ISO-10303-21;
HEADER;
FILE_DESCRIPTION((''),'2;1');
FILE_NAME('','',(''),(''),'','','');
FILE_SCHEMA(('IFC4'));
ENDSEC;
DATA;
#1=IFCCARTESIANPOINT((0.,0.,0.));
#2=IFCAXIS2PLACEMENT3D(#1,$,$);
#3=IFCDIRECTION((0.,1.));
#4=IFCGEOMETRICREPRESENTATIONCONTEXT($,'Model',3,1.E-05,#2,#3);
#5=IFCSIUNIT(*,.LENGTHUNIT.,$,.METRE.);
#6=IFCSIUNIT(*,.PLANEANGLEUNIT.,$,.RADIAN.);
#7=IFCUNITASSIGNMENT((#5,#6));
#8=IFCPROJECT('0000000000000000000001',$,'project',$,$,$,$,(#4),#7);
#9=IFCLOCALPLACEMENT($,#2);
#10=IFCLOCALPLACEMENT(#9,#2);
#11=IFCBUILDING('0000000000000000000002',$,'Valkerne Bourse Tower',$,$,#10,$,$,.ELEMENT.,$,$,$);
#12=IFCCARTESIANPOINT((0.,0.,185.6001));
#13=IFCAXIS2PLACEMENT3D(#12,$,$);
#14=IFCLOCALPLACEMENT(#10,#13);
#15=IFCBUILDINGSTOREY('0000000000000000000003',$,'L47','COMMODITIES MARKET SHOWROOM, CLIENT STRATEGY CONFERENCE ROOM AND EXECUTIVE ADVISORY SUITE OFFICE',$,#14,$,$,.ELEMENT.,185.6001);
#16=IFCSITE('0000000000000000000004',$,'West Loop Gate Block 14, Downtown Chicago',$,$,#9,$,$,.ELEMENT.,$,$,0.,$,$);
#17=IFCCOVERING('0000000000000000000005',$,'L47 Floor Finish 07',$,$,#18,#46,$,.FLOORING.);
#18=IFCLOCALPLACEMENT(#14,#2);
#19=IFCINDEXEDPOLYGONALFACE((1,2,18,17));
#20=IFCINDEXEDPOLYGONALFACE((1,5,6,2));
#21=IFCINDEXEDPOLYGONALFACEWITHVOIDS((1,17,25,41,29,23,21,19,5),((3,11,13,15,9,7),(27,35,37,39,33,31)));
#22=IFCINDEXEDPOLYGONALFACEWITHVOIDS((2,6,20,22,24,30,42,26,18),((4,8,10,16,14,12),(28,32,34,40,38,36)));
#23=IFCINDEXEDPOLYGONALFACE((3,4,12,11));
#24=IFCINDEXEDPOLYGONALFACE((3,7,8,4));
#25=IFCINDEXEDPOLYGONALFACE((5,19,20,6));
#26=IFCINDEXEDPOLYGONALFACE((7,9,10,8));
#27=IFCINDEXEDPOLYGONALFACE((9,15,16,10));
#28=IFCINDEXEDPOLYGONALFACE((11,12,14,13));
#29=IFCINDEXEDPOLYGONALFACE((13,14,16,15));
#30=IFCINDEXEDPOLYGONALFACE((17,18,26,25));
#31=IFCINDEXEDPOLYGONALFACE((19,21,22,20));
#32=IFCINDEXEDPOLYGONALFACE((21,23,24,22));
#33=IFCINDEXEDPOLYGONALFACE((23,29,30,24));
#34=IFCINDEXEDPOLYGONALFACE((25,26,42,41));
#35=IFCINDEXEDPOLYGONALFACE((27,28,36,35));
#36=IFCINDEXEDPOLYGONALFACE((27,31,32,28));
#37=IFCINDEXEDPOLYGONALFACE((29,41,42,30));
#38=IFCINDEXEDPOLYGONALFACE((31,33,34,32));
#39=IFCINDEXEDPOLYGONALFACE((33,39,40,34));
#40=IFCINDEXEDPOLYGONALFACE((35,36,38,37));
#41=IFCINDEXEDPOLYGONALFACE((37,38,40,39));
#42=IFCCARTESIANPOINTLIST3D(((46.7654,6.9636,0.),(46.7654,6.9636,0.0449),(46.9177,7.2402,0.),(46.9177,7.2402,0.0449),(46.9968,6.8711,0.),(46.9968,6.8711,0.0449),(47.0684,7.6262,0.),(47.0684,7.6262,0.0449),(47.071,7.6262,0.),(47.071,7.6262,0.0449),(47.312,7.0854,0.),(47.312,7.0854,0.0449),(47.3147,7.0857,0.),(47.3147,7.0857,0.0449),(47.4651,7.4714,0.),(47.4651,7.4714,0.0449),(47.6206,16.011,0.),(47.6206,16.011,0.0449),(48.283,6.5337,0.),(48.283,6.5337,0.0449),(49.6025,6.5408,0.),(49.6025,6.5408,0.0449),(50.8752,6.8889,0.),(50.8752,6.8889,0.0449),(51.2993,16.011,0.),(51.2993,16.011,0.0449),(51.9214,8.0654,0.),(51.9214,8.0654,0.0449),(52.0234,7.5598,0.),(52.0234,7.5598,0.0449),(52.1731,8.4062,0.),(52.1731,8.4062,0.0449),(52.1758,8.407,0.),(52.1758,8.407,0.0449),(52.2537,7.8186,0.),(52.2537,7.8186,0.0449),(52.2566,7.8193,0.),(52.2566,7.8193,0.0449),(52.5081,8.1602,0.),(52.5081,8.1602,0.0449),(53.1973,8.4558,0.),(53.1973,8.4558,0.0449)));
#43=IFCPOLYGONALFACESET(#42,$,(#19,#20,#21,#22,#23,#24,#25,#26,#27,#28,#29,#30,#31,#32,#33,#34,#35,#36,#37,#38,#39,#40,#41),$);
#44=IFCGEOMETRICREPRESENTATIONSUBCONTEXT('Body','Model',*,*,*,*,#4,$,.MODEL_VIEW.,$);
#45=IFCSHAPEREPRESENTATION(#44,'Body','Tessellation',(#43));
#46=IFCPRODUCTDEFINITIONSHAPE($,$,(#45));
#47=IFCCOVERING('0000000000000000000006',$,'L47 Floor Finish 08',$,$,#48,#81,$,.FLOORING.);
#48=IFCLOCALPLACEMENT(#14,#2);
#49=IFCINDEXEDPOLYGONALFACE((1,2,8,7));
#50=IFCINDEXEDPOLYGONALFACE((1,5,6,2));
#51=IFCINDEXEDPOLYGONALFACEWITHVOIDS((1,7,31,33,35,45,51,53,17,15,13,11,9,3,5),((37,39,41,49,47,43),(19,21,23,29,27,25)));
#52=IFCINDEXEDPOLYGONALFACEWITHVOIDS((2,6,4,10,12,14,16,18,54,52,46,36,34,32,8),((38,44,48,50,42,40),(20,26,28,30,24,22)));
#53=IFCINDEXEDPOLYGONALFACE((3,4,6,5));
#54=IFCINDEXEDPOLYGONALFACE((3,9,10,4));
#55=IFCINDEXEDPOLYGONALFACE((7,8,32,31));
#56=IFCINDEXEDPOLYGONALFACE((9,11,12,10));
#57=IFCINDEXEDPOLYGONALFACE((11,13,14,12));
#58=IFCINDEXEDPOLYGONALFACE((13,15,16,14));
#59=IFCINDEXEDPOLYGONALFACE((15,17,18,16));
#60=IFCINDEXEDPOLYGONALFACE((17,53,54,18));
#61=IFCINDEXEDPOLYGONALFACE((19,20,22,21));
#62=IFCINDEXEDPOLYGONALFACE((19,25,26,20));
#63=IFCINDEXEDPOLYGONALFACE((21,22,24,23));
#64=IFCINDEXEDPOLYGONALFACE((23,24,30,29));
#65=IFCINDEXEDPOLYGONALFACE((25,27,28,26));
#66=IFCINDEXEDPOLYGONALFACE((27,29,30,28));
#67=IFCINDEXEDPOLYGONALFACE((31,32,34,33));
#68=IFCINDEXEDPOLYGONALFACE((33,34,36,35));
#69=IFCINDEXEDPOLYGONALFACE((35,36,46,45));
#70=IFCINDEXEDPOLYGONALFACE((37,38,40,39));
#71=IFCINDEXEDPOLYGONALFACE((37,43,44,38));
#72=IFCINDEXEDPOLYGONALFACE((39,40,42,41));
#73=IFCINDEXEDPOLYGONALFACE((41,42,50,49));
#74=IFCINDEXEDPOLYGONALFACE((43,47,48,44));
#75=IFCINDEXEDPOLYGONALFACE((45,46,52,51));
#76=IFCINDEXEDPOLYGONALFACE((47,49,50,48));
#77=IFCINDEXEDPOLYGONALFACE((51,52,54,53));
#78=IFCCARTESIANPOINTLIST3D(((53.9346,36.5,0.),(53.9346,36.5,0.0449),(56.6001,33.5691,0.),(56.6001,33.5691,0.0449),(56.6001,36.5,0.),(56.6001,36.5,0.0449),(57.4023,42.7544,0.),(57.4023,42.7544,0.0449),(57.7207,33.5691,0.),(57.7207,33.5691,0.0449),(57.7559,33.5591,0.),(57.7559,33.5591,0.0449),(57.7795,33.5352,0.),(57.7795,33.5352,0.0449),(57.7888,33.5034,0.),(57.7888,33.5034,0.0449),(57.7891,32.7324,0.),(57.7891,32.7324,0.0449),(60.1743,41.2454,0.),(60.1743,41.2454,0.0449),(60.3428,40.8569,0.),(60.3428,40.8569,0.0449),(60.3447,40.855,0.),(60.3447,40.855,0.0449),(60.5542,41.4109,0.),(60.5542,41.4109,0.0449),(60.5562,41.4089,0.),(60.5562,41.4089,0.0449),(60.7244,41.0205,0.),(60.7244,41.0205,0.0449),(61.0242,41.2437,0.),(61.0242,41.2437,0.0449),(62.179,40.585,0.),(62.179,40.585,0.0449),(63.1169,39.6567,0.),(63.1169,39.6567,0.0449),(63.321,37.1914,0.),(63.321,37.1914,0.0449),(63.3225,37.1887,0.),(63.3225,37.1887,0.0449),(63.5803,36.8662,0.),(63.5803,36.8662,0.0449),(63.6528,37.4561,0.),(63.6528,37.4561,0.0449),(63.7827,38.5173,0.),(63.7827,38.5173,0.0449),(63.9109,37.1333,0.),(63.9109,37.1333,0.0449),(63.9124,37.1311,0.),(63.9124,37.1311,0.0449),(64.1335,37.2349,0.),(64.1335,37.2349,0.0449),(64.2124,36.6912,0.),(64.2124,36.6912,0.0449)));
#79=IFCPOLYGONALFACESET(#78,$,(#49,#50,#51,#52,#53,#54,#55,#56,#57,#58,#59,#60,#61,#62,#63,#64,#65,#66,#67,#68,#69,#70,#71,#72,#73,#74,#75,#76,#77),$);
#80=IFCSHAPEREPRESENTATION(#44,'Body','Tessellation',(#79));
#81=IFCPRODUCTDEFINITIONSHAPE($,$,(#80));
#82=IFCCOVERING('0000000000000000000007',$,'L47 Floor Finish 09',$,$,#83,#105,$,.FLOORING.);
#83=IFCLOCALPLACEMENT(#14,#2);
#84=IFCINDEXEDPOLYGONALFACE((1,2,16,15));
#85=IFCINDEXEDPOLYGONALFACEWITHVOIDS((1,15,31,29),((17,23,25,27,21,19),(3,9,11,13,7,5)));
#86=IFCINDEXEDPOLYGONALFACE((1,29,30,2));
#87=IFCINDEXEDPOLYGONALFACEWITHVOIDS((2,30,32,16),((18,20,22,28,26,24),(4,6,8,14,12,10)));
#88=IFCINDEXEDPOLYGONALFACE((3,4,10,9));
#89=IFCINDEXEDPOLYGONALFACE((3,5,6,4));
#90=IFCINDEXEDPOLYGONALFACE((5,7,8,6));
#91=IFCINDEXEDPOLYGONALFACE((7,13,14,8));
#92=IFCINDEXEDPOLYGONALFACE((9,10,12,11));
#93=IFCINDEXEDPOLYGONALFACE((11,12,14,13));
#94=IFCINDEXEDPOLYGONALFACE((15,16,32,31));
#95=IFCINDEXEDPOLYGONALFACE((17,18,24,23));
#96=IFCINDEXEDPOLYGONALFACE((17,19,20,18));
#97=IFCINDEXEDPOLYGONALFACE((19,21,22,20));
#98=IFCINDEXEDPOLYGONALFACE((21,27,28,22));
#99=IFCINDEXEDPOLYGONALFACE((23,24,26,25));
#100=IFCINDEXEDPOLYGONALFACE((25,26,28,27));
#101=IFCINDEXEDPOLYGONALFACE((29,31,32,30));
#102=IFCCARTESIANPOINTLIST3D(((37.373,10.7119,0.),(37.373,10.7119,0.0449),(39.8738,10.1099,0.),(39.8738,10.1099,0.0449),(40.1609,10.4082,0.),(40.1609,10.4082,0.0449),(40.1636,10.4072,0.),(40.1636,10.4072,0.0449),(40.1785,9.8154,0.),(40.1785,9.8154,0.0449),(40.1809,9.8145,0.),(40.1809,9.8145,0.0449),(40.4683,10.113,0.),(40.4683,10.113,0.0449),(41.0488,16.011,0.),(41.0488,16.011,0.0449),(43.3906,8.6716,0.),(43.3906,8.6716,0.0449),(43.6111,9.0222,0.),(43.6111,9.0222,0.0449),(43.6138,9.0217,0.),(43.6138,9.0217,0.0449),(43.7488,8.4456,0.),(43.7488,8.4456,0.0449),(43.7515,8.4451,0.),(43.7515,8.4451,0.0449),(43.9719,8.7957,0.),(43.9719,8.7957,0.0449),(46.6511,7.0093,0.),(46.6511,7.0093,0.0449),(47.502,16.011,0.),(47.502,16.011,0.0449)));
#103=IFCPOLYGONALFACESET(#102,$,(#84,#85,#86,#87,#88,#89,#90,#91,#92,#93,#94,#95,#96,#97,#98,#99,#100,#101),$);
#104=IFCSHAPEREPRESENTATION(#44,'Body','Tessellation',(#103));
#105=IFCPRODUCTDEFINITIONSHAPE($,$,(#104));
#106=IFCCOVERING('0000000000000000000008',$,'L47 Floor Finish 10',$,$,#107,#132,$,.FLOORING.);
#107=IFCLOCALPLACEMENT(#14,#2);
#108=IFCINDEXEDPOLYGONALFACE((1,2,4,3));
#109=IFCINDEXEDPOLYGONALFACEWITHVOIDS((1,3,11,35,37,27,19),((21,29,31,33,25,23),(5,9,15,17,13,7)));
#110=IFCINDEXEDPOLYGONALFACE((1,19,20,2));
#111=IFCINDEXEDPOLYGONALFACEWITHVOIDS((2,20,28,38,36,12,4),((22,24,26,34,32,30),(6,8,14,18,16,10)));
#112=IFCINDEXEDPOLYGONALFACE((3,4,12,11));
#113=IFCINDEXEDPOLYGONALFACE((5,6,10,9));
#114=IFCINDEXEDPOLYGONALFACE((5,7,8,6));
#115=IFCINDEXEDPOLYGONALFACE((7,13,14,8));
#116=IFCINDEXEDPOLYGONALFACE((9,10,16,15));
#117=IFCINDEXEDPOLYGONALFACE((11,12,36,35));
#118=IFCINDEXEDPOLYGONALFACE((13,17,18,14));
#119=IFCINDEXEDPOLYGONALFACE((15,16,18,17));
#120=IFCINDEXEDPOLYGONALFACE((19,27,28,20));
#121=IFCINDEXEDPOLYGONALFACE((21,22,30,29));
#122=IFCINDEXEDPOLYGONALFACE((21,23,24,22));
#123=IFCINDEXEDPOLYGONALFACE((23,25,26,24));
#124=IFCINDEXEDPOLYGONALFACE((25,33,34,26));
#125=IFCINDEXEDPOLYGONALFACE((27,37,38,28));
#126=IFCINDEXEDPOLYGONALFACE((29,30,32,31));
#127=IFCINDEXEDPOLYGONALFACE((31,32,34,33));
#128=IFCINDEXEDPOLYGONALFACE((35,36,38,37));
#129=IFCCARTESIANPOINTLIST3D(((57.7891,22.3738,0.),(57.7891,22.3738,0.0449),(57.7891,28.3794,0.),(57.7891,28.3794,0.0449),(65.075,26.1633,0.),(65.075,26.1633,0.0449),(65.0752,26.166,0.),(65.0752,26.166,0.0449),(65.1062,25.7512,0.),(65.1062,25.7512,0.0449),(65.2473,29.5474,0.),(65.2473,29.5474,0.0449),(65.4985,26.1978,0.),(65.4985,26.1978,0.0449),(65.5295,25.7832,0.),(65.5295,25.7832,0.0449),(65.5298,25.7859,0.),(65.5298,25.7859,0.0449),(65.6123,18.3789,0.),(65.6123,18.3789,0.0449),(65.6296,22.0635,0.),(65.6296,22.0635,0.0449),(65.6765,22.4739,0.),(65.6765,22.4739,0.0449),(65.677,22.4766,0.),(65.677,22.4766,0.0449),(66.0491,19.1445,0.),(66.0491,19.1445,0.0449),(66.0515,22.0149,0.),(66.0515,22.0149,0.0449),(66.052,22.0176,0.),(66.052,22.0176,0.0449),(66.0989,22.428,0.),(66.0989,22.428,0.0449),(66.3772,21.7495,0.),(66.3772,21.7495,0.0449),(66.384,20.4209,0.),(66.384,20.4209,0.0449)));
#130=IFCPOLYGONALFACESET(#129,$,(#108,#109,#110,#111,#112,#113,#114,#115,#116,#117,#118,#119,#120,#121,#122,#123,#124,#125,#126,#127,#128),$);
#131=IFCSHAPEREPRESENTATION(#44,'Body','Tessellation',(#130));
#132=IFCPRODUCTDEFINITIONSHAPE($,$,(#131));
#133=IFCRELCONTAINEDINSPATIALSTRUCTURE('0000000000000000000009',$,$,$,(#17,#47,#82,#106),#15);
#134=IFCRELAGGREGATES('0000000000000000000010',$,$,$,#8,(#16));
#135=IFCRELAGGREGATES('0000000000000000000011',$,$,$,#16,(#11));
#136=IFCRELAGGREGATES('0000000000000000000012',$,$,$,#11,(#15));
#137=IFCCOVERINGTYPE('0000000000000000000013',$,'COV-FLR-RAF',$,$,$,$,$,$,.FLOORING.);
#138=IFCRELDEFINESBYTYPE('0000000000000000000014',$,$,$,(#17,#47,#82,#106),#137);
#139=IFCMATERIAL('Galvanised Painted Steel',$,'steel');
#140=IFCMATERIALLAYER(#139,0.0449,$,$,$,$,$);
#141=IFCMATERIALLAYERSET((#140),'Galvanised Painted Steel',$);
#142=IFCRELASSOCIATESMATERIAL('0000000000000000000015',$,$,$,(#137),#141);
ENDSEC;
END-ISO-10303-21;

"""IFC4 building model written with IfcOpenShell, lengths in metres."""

from ifc_helpers import new_model, si_unit, direction, frame, origin, place, context, subcontext, project, spatial, polyline, outline, extrude, material, layer, layer_set, type_object, element, save


model = new_model("IFC4")

# Units and contexts
model_context = context("Model", 3, precision=1e-05, world=origin(), true_north=direction((0.0, 1.0)))
body_context = subcontext(model_context, "Body", "Model", "MODEL_VIEW")
ifc_project = project(units=[si_unit("LENGTHUNIT", "METRE"), si_unit("PLANEANGLEUNIT", "RADIAN")], contexts=[model_context])

# Site, building, storey
site_placement = place(None, origin())
site = spatial("IfcSite", under=ifc_project, at=site_placement, Name="West Loop Gate Block 14, Downtown Chicago", CompositionType="ELEMENT", RefElevation=0.0)
building_placement = place(site_placement, origin())
building = spatial("IfcBuilding", under=site, at=building_placement, Name="Valkerne Bourse Tower", CompositionType="ELEMENT")
storey_placement = place(building_placement, frame((0.0, 0.0, 185.6001)))
storey = spatial("IfcBuildingStorey", under=building, at=storey_placement, Name="L47", Description="COMMODITIES MARKET SHOWROOM, CLIENT STRATEGY CONFERENCE ROOM AND EXECUTIVE ADVISORY SUITE OFFICE", CompositionType="ELEMENT", Elevation=185.6001)

# Coverings
ifc_material_1 = material(Name="Galvanised Painted Steel", Category="steel")
ifc_layer_1 = layer(ifc_material_1, 0.0449)
ifc_layer_set_1 = layer_set([ifc_layer_1], Name="Galvanised Painted Steel")
covering_type_1 = type_object("IfcCoveringType", Name="COV-FLR-RAF", PredefinedType="FLOORING", material=ifc_layer_set_1)
covering_1_placement = place(storey_placement, origin())
element("IfcCovering", 1, at=covering_1_placement, inside=storey, type_object=covering_type_1, Name="L47 Floor Finish 07", PredefinedType="FLOORING", context=body_context, shape_type="SweptSolid", body=[
    extrude(outline(polyline([(49.6025, 6.5408), (48.283, 6.5337), (46.9968, 6.8711), (46.7654, 6.9636), (47.6206, 16.011), (51.2993, 16.011), (53.1973, 8.4558), (52.0234, 7.5598), (50.8752, 6.8889), (49.6025, 6.5408)]), holes=[polyline([(47.3147, 7.0857), (47.4651, 7.4714), (47.071, 7.6262), (47.0684, 7.6262), (46.9177, 7.2402), (47.312, 7.0854), (47.3147, 7.0857)]), polyline([(52.5081, 8.1602), (52.1758, 8.407), (52.1731, 8.4062), (51.9214, 8.0654), (52.2537, 7.8186), (52.2566, 7.8193), (52.5081, 8.1602)])]), origin(), (0.0, 0.0, 1.0), 0.0449),
])
covering_2_placement = place(storey_placement, origin())
element("IfcCovering", 2, at=covering_2_placement, inside=storey, type_object=covering_type_1, Name="L47 Floor Finish 08", PredefinedType="FLOORING", context=body_context, shape_type="SweptSolid", body=[
    extrude(outline(polyline([(63.1169, 39.6567), (63.7827, 38.5173), (64.1335, 37.2349), (64.2124, 36.6912), (57.7891, 32.7324), (57.7888, 33.5034), (57.7795, 33.5352), (57.7559, 33.5591), (57.7207, 33.5691), (56.6001, 33.5691), (56.6001, 36.5), (53.9346, 36.5), (57.4023, 42.7544), (61.0242, 41.2437), (62.179, 40.585), (63.1169, 39.6567)]), holes=[polyline([(63.9124, 37.1311), (63.9109, 37.1333), (63.6528, 37.4561), (63.321, 37.1914), (63.3225, 37.1887), (63.5803, 36.8662), (63.9124, 37.1311)]), polyline([(60.5562, 41.4089), (60.5542, 41.4109), (60.1743, 41.2454), (60.3428, 40.8569), (60.3447, 40.855), (60.7244, 41.0205), (60.5562, 41.4089)])]), origin(), (0.0, 0.0, 1.0), 0.0449),
])
covering_3_placement = place(storey_placement, origin())
element("IfcCovering", 3, at=covering_3_placement, inside=storey, type_object=covering_type_1, Name="L47 Floor Finish 09", PredefinedType="FLOORING", context=body_context, shape_type="SweptSolid", body=[
    extrude(outline(polyline([(47.502, 16.011), (46.6511, 7.0093), (37.373, 10.7119), (41.0488, 16.011), (47.502, 16.011)]), holes=[polyline([(43.6138, 9.0217), (43.6111, 9.0222), (43.3906, 8.6716), (43.7488, 8.4456), (43.7515, 8.4451), (43.9719, 8.7957), (43.6138, 9.0217)]), polyline([(40.1636, 10.4072), (40.1609, 10.4082), (39.8738, 10.1099), (40.1785, 9.8154), (40.1809, 9.8145), (40.4683, 10.113), (40.1636, 10.4072)])]), origin(), (0.0, 0.0, 1.0), 0.0449),
])
covering_4_placement = place(storey_placement, origin())
element("IfcCovering", 4, at=covering_4_placement, inside=storey, type_object=covering_type_1, Name="L47 Floor Finish 10", PredefinedType="FLOORING", context=body_context, shape_type="SweptSolid", body=[
    extrude(outline(polyline([(66.0491, 19.1445), (65.6123, 18.3789), (57.7891, 22.3738), (57.7891, 28.3794), (65.2473, 29.5474), (66.3772, 21.7495), (66.384, 20.4209), (66.0491, 19.1445)]), holes=[polyline([(66.0989, 22.428), (65.677, 22.4766), (65.6765, 22.4739), (65.6296, 22.0635), (66.0515, 22.0149), (66.052, 22.0176), (66.0989, 22.428)]), polyline([(65.5295, 25.7832), (65.5298, 25.7859), (65.4985, 26.1978), (65.0752, 26.166), (65.075, 26.1633), (65.1062, 25.7512), (65.5295, 25.7832)])]), origin(), (0.0, 0.0, 1.0), 0.0449),
])

save(model, "model.ifc")
